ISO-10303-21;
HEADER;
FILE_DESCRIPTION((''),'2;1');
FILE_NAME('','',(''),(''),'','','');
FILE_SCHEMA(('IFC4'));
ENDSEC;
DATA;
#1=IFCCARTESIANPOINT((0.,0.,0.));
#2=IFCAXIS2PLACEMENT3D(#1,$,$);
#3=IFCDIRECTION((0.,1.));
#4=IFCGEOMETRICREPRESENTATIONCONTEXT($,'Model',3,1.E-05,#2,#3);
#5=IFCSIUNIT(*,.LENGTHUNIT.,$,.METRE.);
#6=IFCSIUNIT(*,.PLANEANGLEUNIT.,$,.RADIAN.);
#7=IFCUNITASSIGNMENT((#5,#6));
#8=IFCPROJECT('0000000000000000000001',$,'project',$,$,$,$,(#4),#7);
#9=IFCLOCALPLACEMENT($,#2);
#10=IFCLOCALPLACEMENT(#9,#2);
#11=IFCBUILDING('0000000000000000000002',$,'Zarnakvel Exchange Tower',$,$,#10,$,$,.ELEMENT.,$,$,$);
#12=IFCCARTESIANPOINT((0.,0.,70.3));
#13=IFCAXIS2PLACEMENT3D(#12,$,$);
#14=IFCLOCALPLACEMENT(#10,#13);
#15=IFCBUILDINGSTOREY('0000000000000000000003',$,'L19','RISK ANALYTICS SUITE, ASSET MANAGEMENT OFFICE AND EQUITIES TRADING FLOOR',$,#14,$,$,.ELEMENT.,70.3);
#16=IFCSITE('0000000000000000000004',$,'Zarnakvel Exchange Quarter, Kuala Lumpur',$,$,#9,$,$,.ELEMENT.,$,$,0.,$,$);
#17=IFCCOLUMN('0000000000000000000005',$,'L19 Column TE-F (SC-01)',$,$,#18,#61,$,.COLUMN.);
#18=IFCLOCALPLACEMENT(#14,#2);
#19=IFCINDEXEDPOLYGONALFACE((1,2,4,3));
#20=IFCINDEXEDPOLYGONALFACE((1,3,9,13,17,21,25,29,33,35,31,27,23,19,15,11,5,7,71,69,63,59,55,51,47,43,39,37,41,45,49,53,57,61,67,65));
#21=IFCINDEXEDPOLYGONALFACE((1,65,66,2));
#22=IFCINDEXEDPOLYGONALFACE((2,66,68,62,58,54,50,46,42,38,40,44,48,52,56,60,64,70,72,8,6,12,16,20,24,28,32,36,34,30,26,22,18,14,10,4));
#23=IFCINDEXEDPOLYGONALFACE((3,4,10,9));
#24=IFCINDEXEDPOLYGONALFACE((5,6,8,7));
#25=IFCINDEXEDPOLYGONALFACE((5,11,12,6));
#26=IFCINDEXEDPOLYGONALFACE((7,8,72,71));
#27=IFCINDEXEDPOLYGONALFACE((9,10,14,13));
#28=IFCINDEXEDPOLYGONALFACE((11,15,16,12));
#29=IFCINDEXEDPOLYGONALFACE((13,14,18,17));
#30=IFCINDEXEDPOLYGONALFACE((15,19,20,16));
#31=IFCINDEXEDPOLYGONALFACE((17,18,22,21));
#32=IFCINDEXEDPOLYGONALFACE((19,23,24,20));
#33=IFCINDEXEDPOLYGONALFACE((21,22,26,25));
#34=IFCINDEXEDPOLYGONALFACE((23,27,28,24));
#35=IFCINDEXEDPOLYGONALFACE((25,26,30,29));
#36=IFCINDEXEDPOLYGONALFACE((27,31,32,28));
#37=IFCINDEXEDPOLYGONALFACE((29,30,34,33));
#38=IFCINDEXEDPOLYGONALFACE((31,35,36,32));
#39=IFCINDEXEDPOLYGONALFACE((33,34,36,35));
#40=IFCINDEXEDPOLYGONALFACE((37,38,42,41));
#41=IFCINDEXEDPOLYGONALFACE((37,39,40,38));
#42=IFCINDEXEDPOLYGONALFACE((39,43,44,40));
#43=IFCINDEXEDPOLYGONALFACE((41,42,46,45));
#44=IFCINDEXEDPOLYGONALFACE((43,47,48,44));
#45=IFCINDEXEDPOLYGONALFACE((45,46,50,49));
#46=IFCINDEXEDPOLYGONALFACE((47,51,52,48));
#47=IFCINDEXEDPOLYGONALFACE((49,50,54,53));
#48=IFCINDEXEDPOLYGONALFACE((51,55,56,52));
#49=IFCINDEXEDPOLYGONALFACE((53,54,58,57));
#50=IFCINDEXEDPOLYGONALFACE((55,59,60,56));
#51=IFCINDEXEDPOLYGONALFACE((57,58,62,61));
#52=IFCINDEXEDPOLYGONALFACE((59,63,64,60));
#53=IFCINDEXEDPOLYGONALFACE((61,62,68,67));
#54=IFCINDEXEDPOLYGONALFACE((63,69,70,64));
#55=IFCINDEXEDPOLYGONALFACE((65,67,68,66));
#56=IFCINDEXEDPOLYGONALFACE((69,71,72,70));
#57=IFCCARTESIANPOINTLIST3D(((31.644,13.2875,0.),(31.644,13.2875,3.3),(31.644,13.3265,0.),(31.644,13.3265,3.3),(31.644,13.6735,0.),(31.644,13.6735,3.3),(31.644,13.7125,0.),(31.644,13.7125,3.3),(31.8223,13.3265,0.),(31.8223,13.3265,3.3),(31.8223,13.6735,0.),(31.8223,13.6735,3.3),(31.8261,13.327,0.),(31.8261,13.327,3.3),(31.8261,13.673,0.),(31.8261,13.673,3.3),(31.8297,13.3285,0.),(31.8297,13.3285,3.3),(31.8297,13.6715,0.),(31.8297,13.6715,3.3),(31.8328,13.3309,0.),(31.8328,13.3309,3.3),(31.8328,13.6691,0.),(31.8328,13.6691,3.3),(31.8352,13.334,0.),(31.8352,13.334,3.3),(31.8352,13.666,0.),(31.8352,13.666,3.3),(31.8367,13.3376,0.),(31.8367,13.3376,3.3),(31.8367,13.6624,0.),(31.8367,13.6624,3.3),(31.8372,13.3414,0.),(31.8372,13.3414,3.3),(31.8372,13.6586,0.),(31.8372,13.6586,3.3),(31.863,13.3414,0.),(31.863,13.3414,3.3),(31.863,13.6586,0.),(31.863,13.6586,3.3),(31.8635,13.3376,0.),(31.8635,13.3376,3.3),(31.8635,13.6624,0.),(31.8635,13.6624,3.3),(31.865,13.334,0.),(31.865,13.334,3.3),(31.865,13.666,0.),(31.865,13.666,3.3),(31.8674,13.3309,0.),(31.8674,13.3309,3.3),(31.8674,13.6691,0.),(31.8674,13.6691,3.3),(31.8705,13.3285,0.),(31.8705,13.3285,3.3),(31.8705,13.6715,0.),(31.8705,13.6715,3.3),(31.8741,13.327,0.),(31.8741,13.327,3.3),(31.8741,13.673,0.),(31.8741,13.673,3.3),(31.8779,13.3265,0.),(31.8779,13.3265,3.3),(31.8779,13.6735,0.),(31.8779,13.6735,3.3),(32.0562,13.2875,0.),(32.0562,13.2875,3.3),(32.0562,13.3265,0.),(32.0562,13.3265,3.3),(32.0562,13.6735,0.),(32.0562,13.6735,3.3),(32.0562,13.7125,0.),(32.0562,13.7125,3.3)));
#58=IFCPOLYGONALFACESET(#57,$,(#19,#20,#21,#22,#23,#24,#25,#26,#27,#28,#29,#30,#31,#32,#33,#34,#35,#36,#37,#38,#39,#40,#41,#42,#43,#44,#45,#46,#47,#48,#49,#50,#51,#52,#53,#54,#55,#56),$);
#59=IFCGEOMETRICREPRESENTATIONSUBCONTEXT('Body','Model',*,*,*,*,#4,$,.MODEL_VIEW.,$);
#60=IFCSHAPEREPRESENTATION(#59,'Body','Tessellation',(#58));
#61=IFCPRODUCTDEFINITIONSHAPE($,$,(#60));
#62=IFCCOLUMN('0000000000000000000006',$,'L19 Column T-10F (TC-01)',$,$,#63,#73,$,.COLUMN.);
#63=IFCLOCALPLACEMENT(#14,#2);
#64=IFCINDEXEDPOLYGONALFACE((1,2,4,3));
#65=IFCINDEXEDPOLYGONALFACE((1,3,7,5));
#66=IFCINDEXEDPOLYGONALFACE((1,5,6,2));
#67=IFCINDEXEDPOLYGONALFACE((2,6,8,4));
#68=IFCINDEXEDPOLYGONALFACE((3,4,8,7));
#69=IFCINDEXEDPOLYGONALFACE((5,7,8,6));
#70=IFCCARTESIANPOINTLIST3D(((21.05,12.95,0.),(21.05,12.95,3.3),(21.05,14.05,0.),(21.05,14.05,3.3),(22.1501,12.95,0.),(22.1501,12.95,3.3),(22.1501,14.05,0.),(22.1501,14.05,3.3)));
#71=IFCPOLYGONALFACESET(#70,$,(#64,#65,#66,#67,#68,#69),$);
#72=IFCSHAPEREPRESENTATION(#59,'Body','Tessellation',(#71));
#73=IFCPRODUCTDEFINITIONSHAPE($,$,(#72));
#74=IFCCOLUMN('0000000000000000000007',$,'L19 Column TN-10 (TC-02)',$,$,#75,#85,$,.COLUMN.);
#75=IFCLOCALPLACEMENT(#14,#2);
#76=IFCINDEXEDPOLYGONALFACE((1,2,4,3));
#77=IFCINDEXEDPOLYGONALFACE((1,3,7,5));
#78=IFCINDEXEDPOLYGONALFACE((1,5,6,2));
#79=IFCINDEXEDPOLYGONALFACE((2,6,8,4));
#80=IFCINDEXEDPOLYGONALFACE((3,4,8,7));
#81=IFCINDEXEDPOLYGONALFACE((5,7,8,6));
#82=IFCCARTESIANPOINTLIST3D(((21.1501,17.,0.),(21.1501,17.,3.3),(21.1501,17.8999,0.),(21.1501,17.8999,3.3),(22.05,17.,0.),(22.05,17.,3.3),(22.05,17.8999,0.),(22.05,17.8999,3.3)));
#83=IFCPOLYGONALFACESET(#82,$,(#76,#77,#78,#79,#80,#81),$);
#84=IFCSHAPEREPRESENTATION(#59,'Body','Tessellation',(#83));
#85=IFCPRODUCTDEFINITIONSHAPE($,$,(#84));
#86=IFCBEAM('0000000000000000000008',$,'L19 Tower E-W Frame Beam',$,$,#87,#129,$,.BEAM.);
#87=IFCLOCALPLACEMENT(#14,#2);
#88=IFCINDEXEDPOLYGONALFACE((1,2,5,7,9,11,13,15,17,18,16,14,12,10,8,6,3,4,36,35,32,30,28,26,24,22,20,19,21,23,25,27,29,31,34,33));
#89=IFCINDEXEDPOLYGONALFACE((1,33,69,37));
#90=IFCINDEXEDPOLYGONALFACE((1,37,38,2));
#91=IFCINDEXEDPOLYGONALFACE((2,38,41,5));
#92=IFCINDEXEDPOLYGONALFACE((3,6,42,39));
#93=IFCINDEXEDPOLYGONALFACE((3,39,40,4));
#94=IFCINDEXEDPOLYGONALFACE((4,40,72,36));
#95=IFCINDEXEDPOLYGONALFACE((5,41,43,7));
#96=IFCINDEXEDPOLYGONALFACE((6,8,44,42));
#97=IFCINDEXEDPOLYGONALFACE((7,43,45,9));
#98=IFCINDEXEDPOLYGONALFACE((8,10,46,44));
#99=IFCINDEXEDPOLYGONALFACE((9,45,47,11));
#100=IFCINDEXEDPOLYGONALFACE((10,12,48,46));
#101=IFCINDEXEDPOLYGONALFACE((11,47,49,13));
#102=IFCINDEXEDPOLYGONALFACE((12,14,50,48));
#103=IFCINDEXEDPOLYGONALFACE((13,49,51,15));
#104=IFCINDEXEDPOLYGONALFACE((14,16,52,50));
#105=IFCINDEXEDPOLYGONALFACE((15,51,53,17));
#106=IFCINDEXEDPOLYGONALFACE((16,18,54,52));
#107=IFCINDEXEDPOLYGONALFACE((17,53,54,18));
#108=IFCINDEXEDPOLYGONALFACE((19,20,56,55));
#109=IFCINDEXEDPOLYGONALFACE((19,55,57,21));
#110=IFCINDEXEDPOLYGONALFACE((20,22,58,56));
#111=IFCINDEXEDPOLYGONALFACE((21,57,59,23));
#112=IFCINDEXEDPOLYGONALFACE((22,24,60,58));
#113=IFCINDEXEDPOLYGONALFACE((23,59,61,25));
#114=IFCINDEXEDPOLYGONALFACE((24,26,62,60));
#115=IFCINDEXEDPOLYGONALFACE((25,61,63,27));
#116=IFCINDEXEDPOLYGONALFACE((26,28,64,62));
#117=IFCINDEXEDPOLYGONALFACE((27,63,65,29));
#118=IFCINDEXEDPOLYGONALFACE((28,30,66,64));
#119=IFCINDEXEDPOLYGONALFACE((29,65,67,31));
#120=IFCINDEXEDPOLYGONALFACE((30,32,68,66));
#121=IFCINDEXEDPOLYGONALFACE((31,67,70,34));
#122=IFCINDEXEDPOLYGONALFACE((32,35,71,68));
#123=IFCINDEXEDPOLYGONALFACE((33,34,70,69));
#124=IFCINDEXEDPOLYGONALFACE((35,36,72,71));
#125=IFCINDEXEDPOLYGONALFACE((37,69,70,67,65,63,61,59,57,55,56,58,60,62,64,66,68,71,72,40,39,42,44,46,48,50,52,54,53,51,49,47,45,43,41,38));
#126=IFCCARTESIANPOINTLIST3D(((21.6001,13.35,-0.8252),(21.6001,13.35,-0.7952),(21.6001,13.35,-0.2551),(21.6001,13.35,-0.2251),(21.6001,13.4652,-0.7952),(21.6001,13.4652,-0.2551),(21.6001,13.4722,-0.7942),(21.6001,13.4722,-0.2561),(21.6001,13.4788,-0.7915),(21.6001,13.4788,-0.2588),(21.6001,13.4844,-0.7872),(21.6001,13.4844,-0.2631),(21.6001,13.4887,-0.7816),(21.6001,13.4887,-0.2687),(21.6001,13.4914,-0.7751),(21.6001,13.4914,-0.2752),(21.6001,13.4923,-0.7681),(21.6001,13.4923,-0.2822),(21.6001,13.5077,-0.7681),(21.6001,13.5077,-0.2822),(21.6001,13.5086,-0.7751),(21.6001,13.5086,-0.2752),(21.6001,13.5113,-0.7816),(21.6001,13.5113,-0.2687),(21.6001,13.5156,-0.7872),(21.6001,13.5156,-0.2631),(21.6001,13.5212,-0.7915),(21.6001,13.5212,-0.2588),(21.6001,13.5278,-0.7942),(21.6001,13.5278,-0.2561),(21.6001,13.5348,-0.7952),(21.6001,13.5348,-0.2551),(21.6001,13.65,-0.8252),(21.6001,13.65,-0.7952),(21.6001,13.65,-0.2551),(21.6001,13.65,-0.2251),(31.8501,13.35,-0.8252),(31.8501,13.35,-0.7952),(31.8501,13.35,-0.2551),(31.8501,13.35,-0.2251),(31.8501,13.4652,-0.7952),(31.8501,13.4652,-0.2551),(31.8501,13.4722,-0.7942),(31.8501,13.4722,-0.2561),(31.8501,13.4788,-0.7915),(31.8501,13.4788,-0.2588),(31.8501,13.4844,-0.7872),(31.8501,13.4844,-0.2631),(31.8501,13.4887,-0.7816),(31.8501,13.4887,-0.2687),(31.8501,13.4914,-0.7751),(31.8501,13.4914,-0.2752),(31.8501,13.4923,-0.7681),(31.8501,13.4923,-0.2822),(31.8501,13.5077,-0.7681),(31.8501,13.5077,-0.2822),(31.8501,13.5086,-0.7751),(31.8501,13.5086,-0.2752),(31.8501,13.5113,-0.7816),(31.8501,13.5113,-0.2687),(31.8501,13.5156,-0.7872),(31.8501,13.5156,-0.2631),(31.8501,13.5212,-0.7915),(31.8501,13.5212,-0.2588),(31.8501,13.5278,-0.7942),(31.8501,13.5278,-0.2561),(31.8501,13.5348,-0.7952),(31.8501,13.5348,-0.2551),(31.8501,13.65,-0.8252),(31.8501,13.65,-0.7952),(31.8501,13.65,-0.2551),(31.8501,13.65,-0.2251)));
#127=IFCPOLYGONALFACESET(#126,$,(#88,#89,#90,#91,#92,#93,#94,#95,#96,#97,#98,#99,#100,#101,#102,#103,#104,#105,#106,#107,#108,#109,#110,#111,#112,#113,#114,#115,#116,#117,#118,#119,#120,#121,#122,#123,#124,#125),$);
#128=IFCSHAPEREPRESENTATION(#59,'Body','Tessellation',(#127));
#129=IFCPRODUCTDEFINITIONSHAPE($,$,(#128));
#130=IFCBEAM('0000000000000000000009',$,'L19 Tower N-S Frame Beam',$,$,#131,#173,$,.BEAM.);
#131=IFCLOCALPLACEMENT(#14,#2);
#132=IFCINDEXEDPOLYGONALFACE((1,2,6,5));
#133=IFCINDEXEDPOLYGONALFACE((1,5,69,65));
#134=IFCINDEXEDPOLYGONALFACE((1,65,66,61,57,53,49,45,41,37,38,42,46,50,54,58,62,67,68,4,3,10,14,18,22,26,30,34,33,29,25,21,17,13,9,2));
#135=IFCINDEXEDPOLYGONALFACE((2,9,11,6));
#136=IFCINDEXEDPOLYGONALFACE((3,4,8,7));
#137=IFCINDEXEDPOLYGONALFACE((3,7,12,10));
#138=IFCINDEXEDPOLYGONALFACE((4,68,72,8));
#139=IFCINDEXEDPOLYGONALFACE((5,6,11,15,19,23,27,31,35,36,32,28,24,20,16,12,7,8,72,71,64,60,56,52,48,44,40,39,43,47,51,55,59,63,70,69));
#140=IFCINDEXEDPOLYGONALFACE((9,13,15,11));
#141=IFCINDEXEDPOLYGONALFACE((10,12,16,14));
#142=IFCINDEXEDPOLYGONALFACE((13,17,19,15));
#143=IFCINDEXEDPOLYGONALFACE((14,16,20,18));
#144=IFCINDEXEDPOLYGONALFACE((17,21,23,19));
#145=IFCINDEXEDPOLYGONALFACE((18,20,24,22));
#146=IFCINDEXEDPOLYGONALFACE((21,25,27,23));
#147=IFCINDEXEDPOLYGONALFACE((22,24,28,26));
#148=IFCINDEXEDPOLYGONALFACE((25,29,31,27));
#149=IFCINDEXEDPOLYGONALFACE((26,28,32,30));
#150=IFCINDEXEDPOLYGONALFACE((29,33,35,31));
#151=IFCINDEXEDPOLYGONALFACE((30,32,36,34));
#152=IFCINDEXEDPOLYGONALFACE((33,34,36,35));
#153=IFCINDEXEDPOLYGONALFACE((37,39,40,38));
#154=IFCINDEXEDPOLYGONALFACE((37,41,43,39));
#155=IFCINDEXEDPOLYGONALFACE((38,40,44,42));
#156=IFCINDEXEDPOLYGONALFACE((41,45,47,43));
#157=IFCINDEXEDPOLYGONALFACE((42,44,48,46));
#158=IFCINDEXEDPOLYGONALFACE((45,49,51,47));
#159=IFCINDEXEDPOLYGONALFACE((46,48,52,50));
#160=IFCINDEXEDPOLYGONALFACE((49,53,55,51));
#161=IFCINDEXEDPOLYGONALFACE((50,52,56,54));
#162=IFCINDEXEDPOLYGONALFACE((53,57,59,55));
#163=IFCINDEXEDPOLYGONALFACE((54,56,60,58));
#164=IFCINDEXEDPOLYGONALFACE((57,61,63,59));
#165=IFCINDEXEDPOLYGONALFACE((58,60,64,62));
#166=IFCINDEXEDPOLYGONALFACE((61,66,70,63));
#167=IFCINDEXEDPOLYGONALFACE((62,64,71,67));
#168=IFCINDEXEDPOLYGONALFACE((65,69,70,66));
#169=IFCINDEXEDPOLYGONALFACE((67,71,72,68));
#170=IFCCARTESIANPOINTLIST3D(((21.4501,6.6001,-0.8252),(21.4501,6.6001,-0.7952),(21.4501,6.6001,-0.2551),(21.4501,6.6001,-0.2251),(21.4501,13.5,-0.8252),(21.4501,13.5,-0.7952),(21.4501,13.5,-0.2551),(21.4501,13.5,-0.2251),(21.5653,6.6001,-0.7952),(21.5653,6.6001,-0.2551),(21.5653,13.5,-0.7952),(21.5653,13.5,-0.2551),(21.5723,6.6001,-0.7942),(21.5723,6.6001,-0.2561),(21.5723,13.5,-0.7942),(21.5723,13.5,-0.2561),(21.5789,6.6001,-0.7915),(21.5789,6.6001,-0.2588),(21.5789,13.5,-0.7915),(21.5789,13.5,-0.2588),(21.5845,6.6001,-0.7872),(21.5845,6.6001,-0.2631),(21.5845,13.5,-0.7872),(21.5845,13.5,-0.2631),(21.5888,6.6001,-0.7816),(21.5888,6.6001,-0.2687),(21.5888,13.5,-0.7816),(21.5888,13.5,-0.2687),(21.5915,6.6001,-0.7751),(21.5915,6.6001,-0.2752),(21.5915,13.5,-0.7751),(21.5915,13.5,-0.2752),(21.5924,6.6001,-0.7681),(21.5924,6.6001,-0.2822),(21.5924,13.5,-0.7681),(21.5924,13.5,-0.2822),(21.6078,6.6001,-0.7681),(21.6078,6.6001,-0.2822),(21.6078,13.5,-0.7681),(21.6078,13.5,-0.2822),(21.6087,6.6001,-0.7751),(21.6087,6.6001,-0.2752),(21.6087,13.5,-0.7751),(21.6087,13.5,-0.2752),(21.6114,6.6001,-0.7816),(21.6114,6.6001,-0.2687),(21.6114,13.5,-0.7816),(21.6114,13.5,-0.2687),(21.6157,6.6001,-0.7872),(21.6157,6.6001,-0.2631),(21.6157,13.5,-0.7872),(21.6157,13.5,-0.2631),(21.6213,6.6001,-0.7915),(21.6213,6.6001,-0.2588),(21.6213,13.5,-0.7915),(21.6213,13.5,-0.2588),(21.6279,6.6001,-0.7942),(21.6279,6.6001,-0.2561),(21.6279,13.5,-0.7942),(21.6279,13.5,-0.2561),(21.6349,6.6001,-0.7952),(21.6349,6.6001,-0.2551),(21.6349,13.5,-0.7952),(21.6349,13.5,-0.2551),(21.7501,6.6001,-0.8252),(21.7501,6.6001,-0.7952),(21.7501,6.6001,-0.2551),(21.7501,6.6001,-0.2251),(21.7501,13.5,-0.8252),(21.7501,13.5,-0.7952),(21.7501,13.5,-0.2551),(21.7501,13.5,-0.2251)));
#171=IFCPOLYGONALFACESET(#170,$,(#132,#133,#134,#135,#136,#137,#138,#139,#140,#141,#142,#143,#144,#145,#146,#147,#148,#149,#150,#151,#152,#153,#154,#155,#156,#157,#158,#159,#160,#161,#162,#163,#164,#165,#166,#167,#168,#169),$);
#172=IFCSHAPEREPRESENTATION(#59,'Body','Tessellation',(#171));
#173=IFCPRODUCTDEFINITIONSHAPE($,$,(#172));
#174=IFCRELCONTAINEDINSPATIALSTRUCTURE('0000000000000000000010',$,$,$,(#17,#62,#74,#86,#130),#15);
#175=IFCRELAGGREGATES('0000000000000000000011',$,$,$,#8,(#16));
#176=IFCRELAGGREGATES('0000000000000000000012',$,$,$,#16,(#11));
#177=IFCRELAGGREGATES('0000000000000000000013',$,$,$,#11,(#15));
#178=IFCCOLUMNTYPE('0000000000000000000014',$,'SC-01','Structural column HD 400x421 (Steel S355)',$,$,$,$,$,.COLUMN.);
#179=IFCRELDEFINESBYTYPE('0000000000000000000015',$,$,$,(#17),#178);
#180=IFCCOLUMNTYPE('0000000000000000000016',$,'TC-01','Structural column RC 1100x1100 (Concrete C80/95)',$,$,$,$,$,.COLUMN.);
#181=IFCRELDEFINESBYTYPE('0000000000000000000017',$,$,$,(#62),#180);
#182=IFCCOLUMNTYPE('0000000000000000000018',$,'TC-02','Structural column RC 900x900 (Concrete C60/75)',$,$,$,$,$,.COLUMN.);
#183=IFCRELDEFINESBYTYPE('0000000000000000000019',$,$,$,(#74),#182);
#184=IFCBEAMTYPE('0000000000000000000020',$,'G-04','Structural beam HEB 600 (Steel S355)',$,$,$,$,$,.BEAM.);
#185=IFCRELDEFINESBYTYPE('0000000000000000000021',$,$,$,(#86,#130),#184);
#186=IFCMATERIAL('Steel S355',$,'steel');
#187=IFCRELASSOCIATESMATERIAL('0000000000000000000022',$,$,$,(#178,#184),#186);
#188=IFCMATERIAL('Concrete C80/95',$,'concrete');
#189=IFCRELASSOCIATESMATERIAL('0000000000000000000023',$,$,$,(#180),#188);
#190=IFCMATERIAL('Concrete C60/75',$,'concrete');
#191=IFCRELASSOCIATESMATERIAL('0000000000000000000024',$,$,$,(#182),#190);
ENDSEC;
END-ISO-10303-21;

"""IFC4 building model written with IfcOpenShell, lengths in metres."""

from ifc_helpers import new_model, si_unit, direction, frame, origin, origin_2d, place, context, subcontext, project, spatial, rectangle, i_section, extrude, material, material_profile, profile_set, type_object, element, save


model = new_model("IFC4")

# Units and contexts
model_context = context("Model", 3, precision=1e-05, world=origin(), true_north=direction((0.0, 1.0)))
body_context = subcontext(model_context, "Body", "Model", "MODEL_VIEW")
ifc_project = project(units=[si_unit("LENGTHUNIT", "METRE"), si_unit("PLANEANGLEUNIT", "RADIAN")], contexts=[model_context])

# Site, building, storey
site_placement = place(None, origin())
site = spatial("IfcSite", under=ifc_project, at=site_placement, Name="Zarnakvel Exchange Quarter, Kuala Lumpur", CompositionType="ELEMENT", RefElevation=0.0)
building_placement = place(site_placement, origin())
building = spatial("IfcBuilding", under=site, at=building_placement, Name="Zarnakvel Exchange Tower", CompositionType="ELEMENT")
storey_placement = place(building_placement, frame((0.0, 0.0, 70.3)))
storey = spatial("IfcBuildingStorey", under=building, at=storey_placement, Name="L19", Description="RISK ANALYTICS SUITE, ASSET MANAGEMENT OFFICE AND EQUITIES TRADING FLOOR", CompositionType="ELEMENT", Elevation=70.3)

# Columns
ifc_material_1 = material(Name="Steel S355", Category="steel")
ifc_material_profile_1 = material_profile(ifc_material_1, i_section(OverallWidth=0.4121, OverallDepth=0.425, WebThickness=0.0259, FlangeThickness=0.0391, FilletRadius=0.0149, at=origin_2d()))
ifc_profile_set_1 = profile_set([ifc_material_profile_1], Name="Steel S355")
column_type_1 = type_object("IfcColumnType", Name="SC-01", Description="Structural column HD 400x421 (Steel S355)", PredefinedType="COLUMN", material=ifc_profile_set_1)
column_1_placement = place(storey_placement, frame((31.8501, 13.5, 0.0), z_axis=(0.0, 0.0, 1.0), x_axis=(1.0, 0.0, 0.0)))
element("IfcColumn", 1, at=column_1_placement, inside=storey, type_object=column_type_1, Name="L19 Column TE-F (SC-01)", PredefinedType="COLUMN", context=body_context, shape_type="SweptSolid", body=[
    extrude(i_section(OverallWidth=0.4121, OverallDepth=0.425, WebThickness=0.0259, FlangeThickness=0.0391, FilletRadius=0.0149, at=origin_2d()), origin(), (0.0, 0.0, 1.0), 3.3),
])
ifc_material_2 = material(Name="Concrete C80/95", Category="concrete")
ifc_material_profile_2 = material_profile(ifc_material_2, rectangle(XDim=1.1001, YDim=1.1001, at=origin_2d()))
ifc_profile_set_2 = profile_set([ifc_material_profile_2], Name="Concrete C80/95")
column_type_2 = type_object("IfcColumnType", Name="TC-01", Description="Structural column RC 1100x1100 (Concrete C80/95)", PredefinedType="COLUMN", material=ifc_profile_set_2)
column_2_placement = place(storey_placement, frame((21.6001, 13.5, 0.0), z_axis=(0.0, 0.0, 1.0), x_axis=(1.0, 0.0, 0.0)))
element("IfcColumn", 2, at=column_2_placement, inside=storey, type_object=column_type_2, Name="L19 Column T-10F (TC-01)", PredefinedType="COLUMN", context=body_context, shape_type="SweptSolid", body=[
    extrude(rectangle(XDim=1.1001, YDim=1.1001, at=origin_2d()), origin(), (0.0, 0.0, 1.0), 3.3),
])
ifc_material_3 = material(Name="Concrete C60/75", Category="concrete")
ifc_material_profile_3 = material_profile(ifc_material_3, rectangle(XDim=0.8999, YDim=0.8999, at=origin_2d()))
ifc_profile_set_3 = profile_set([ifc_material_profile_3], Name="Concrete C60/75")
column_type_3 = type_object("IfcColumnType", Name="TC-02", Description="Structural column RC 900x900 (Concrete C60/75)", PredefinedType="COLUMN", material=ifc_profile_set_3)
column_3_placement = place(storey_placement, frame((21.6001, 17.45, 0.0), z_axis=(0.0, 0.0, 1.0), x_axis=(1.0, 0.0, 0.0)))
element("IfcColumn", 3, at=column_3_placement, inside=storey, type_object=column_type_3, Name="L19 Column TN-10 (TC-02)", PredefinedType="COLUMN", context=body_context, shape_type="SweptSolid", body=[
    extrude(rectangle(XDim=0.8999, YDim=0.8999, at=origin_2d()), origin(), (0.0, 0.0, 1.0), 3.3),
])

# Beams
ifc_material_profile_4 = material_profile(ifc_material_1, i_section(OverallWidth=0.3, OverallDepth=0.6001, WebThickness=0.0154, FlangeThickness=0.03, FilletRadius=0.0271, at=origin_2d()))
ifc_profile_set_4 = profile_set([ifc_material_profile_4], Name="Steel S355")
beam_type = type_object("IfcBeamType", Name="G-04", Description="Structural beam HEB 600 (Steel S355)", PredefinedType="BEAM", material=ifc_profile_set_4)
beam_1_placement = place(storey_placement, frame((21.6001, 13.5, -0.5251), z_axis=(1.0, 0.0, 0.0), x_axis=(0.0, 1.0, 0.0)))
element("IfcBeam", 4, at=beam_1_placement, inside=storey, type_object=beam_type, Name="L19 Tower E-W Frame Beam", PredefinedType="BEAM", context=body_context, shape_type="SweptSolid", body=[
    extrude(i_section(OverallWidth=0.3, OverallDepth=0.6001, WebThickness=0.0154, FlangeThickness=0.03, FilletRadius=0.0271, at=origin_2d()), origin(), (0.0, 0.0, 1.0), 10.25),
])
beam_2_placement = place(storey_placement, frame((21.6001, 6.6001, -0.5251), z_axis=(0.0, 1.0, 0.0), x_axis=(-1.0, 0.0, 0.0)))
element("IfcBeam", 5, at=beam_2_placement, inside=storey, type_object=beam_type, Name="L19 Tower N-S Frame Beam", PredefinedType="BEAM", context=body_context, shape_type="SweptSolid", body=[
    extrude(i_section(OverallWidth=0.3, OverallDepth=0.6001, WebThickness=0.0154, FlangeThickness=0.03, FilletRadius=0.0271, at=origin_2d()), origin(), (0.0, 0.0, 1.0), 6.8999),
])

save(model, "model.ifc")
